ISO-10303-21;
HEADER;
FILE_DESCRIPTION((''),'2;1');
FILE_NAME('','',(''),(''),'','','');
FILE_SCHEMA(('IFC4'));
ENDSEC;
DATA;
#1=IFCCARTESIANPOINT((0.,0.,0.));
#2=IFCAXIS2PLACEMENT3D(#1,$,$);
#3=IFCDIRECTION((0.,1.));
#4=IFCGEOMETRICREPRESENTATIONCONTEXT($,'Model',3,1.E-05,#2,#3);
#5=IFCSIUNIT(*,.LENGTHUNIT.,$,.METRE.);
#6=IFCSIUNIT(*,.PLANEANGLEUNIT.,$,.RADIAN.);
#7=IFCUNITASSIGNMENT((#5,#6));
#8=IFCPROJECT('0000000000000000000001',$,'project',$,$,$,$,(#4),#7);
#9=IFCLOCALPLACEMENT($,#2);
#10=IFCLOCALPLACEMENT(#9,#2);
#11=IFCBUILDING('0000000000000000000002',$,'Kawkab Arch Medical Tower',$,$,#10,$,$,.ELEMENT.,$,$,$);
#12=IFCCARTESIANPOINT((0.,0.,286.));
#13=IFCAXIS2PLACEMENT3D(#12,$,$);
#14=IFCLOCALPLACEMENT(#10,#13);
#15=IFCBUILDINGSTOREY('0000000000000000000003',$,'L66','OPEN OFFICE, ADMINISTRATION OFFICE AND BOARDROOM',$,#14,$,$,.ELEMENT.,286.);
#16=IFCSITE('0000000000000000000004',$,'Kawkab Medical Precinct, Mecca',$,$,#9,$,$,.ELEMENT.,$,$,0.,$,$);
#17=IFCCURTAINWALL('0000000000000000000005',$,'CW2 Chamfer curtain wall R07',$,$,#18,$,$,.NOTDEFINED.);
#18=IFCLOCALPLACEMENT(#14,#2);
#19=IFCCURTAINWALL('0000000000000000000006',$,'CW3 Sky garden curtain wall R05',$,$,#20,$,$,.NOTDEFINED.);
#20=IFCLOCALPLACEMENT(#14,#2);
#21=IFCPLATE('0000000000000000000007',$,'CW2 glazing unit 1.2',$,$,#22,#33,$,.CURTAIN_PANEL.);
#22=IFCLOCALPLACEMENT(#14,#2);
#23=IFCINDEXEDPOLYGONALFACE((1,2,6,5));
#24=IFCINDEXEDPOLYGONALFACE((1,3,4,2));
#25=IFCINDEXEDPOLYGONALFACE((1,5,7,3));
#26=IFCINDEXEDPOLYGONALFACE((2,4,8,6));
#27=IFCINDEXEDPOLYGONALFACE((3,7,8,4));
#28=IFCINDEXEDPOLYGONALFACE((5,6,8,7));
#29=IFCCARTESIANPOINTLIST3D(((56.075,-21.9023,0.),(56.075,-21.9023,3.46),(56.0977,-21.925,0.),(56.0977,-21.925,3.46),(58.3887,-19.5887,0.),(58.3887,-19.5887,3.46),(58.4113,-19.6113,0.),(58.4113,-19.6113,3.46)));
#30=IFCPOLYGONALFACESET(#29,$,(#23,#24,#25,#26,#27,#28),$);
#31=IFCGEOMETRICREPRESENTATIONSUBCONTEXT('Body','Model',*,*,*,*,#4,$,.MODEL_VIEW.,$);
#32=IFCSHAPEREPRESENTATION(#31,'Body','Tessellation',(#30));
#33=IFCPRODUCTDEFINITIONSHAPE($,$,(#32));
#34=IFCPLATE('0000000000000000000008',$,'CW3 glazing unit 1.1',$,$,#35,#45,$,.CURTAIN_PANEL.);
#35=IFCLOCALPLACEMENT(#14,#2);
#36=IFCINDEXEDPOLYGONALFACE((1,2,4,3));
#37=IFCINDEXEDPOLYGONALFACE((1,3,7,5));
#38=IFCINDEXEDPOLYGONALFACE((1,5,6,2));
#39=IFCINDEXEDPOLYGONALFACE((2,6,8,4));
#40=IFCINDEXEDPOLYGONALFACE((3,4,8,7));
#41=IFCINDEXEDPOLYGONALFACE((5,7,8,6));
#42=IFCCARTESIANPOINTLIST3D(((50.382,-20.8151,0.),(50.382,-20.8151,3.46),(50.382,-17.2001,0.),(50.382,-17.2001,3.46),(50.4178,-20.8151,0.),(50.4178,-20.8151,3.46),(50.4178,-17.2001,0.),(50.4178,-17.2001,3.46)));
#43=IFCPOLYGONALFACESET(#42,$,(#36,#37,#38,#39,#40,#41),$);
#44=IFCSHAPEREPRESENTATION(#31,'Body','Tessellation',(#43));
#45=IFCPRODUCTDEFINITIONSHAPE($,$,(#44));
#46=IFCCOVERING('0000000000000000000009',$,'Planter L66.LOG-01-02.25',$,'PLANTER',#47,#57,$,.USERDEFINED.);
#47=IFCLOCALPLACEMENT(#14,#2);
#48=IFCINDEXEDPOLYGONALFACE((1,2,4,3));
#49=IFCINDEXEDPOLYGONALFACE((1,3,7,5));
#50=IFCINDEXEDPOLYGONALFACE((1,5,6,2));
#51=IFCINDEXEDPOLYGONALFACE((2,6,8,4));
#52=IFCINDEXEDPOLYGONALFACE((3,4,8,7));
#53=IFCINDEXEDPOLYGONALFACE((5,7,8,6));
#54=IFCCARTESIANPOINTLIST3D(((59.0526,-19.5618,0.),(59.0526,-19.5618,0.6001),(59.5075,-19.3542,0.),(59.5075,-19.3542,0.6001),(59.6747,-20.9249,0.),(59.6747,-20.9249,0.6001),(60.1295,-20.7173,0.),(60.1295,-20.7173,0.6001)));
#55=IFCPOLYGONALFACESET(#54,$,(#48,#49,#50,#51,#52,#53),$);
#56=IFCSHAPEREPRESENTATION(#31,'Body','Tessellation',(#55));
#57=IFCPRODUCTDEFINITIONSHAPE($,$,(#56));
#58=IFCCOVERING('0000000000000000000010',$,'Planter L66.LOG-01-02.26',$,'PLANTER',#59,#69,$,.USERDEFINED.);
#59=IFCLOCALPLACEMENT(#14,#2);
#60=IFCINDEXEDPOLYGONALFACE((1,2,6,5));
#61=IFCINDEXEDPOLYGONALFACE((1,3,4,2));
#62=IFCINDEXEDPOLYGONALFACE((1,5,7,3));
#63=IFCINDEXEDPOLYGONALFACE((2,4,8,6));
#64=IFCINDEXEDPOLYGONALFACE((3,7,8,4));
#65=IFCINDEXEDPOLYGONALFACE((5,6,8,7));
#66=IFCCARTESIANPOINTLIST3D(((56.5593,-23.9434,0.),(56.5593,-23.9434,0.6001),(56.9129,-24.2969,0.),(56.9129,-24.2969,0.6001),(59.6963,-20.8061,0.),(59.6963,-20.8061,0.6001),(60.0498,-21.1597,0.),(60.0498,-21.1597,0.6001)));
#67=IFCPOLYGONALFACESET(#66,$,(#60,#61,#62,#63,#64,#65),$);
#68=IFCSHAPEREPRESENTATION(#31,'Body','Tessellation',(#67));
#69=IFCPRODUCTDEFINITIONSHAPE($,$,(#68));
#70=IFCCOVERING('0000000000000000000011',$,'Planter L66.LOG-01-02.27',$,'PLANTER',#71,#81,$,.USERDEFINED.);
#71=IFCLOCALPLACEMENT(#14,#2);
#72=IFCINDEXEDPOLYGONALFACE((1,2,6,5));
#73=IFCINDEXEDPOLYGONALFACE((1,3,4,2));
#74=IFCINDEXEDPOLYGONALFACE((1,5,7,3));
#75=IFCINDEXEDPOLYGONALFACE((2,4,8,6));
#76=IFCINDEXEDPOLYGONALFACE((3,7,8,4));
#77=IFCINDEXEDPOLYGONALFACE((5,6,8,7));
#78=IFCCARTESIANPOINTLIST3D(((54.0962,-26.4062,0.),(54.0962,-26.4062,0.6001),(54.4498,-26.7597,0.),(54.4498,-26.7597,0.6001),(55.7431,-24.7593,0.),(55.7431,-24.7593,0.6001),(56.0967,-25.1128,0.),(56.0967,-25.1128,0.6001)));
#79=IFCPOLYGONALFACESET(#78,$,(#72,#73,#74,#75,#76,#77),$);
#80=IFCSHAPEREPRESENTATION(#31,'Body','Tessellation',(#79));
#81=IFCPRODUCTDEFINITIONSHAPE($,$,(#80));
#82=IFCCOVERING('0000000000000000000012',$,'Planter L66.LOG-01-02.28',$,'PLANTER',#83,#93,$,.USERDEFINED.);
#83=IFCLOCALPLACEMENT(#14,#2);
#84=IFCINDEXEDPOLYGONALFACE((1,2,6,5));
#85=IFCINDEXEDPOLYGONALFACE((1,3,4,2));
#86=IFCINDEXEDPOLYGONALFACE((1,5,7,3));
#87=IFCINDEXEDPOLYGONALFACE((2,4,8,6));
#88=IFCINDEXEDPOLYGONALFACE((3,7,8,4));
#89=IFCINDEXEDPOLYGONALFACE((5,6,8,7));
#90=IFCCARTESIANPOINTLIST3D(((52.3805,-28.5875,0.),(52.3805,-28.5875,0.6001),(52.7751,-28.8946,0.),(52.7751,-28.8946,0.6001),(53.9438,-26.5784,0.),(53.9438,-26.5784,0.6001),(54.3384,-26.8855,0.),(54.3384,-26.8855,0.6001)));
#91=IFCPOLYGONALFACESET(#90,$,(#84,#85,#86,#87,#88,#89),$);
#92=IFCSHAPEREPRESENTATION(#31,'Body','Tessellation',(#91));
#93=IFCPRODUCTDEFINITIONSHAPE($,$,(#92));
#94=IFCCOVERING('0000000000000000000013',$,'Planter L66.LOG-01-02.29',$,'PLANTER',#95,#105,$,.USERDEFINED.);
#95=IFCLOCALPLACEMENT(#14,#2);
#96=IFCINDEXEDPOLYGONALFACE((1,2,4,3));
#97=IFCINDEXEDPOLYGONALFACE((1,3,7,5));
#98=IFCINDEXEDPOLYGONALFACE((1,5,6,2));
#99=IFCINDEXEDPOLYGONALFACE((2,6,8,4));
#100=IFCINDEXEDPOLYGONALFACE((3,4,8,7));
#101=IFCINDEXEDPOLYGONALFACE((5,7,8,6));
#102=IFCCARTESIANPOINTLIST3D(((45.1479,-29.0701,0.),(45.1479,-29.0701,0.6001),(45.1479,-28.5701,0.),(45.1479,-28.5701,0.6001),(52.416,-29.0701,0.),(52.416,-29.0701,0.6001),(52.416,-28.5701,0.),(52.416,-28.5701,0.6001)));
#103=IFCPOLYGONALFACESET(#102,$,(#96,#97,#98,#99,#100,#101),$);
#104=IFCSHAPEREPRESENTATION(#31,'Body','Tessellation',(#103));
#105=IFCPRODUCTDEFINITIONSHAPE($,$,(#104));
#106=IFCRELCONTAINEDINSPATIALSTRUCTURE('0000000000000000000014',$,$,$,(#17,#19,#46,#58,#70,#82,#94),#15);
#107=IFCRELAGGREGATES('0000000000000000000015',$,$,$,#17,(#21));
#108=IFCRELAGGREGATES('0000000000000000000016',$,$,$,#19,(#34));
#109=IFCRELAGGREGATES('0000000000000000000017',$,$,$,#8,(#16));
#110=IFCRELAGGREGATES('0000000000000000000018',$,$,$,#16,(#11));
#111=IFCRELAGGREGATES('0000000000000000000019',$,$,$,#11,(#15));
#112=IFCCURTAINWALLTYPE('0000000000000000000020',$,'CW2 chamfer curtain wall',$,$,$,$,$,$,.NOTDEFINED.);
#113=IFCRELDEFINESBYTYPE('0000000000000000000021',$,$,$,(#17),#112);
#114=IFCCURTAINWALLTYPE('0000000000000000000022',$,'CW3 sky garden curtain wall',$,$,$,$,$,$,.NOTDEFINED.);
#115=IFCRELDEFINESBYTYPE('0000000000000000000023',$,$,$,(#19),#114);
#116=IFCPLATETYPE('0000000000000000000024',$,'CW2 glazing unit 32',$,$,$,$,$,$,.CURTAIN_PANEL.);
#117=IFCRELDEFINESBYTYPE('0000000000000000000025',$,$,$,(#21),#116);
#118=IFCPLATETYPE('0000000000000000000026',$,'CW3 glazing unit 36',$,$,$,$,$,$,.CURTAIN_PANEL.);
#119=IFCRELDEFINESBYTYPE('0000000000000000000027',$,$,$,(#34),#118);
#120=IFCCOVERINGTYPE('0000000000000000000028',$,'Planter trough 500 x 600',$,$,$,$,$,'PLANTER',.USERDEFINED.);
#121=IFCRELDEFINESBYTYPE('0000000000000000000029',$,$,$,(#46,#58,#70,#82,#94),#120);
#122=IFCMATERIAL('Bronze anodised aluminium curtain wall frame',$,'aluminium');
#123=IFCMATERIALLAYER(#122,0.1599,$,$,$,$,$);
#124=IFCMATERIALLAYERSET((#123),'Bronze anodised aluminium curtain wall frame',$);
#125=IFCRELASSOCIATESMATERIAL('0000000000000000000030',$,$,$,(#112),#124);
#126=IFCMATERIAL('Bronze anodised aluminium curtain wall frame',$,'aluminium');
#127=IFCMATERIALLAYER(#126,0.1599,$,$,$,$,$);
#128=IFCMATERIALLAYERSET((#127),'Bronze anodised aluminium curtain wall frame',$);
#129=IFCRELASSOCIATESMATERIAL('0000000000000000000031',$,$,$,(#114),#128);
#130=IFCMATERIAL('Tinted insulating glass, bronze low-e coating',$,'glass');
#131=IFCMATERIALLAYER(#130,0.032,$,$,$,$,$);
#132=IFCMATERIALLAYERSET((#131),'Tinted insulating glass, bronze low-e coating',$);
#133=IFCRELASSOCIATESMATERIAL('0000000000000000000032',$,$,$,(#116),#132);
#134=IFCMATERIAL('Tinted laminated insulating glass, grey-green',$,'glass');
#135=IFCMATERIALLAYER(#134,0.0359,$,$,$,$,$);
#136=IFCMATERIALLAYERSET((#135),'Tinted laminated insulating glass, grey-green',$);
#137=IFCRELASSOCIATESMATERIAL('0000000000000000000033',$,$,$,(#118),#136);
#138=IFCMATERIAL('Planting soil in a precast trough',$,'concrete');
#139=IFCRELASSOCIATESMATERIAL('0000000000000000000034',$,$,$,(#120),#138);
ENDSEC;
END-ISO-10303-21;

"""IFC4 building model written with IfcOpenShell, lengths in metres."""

from ifc_helpers import new_model, si_unit, direction, frame, origin, origin_2d, place, context, subcontext, project, spatial, rectangle, extrude, material, layer, layer_set, material_profile, profile_set, type_object, element, aggregate, save


model = new_model("IFC4")

# Units and contexts
model_context = context("Model", 3, precision=1e-05, world=origin(), true_north=direction((0.0, 1.0)))
body_context = subcontext(model_context, "Body", "Model", "MODEL_VIEW")
ifc_project = project(units=[si_unit("LENGTHUNIT", "METRE"), si_unit("PLANEANGLEUNIT", "RADIAN")], contexts=[model_context])

# Site, building, storey
site_placement = place(None, origin())
site = spatial("IfcSite", under=ifc_project, at=site_placement, Name="Kawkab Medical Precinct, Mecca", CompositionType="ELEMENT", RefElevation=0.0)
building_placement = place(site_placement, origin())
building = spatial("IfcBuilding", under=site, at=building_placement, Name="Kawkab Arch Medical Tower", CompositionType="ELEMENT")
storey_placement = place(building_placement, frame((0.0, 0.0, 286.0)))
storey = spatial("IfcBuildingStorey", under=building, at=storey_placement, Name="L66", Description="OPEN OFFICE, ADMINISTRATION OFFICE AND BOARDROOM", CompositionType="ELEMENT", Elevation=286.0)

# Shared definitions
placement = place(storey_placement, origin())

# Curtain walls
ifc_material_1 = material(Name="Bronze anodised aluminium curtain wall frame", Category="aluminium")
ifc_layer_1 = layer(ifc_material_1, 0.1599)
ifc_layer_set_1 = layer_set([ifc_layer_1], Name="Bronze anodised aluminium curtain wall frame")
curtain_wall_type_1 = type_object("IfcCurtainWallType", Name="CW2 chamfer curtain wall", PredefinedType="NOTDEFINED", material=ifc_layer_set_1)
curtain_wall_1 = element("IfcCurtainWall", 1, at=placement, inside=storey, type_object=curtain_wall_type_1, Name="CW2 Chamfer curtain wall R07", PredefinedType="NOTDEFINED")
ifc_material_2 = material(Name="Bronze anodised aluminium curtain wall frame", Category="aluminium")
ifc_layer_2 = layer(ifc_material_2, 0.1599)
ifc_layer_set_2 = layer_set([ifc_layer_2], Name="Bronze anodised aluminium curtain wall frame")
curtain_wall_type_2 = type_object("IfcCurtainWallType", Name="CW3 sky garden curtain wall", PredefinedType="NOTDEFINED", material=ifc_layer_set_2)
curtain_wall_2 = element("IfcCurtainWall", 2, at=placement, inside=storey, type_object=curtain_wall_type_2, Name="CW3 Sky garden curtain wall R05", PredefinedType="NOTDEFINED")

# Plates
ifc_material_3 = material(Name="Tinted insulating glass, bronze low-e coating", Category="glass")
ifc_layer_3 = layer(ifc_material_3, 0.032)
ifc_layer_set_3 = layer_set([ifc_layer_3], Name="Tinted insulating glass, bronze low-e coating")
plate_type_1 = type_object("IfcPlateType", Name="CW2 glazing unit 32", PredefinedType="CURTAIN_PANEL", material=ifc_layer_set_3)
plate_1_placement = place(storey_placement, frame((57.2432, -20.7568, 0.0), z_axis=(0.0, 0.0, 1.0), x_axis=(0.707107, 0.707107, 0.0)))
plate_1 = element("IfcPlate", 3, at=plate_1_placement, type_object=plate_type_1, Name="CW2 glazing unit 1.2", PredefinedType="CURTAIN_PANEL", context=body_context, shape_type="SweptSolid", body=[
    extrude(rectangle(XDim=3.272, YDim=0.032, at=origin_2d()), origin(), (0.0, 0.0, 1.0), 3.46),
])
aggregate(curtain_wall_1, [plate_1])
ifc_material_4 = material(Name="Tinted laminated insulating glass, grey-green", Category="glass")
ifc_layer_4 = layer(ifc_material_4, 0.0359)
ifc_layer_set_4 = layer_set([ifc_layer_4], Name="Tinted laminated insulating glass, grey-green")
plate_type_2 = type_object("IfcPlateType", Name="CW3 glazing unit 36", PredefinedType="CURTAIN_PANEL", material=ifc_layer_set_4)
plate_2_placement = place(storey_placement, frame((50.3999, -19.0076, 0.0), z_axis=(0.0, 0.0, 1.0), x_axis=(0.0, -1.0, 0.0)))
plate_2 = element("IfcPlate", 4, at=plate_2_placement, type_object=plate_type_2, Name="CW3 glazing unit 1.1", PredefinedType="CURTAIN_PANEL", context=body_context, shape_type="SweptSolid", body=[
    extrude(rectangle(XDim=3.615, YDim=0.0359, at=origin_2d()), origin(), (0.0, 0.0, 1.0), 3.46),
])
aggregate(curtain_wall_2, [plate_2])

# Coverings
ifc_material_5 = material(Name="Planting soil in a precast trough", Category="concrete")
ifc_material_profile_1 = material_profile(ifc_material_5, rectangle(XDim=0.5, YDim=0.6001, at=origin_2d()), Name="Trough 500x600")
ifc_profile_set_1 = profile_set([ifc_material_profile_1], Name="Planting soil in a precast trough")
covering_type = type_object("IfcCoveringType", Name="Planter trough 500 x 600", ElementType="PLANTER", PredefinedType="USERDEFINED", material=ifc_profile_set_1)
covering_1_placement = place(storey_placement, frame((59.28, -19.458, 0.3), z_axis=(0.41519, -0.909735, 0.0), x_axis=(0.909735, 0.41519, 0.0)))
element("IfcCovering", 5, at=covering_1_placement, inside=storey, type_object=covering_type, Name="Planter L66.LOG-01-02.25", ObjectType="PLANTER", PredefinedType="USERDEFINED", context=body_context, shape_type="SweptSolid", body=[
    extrude(rectangle(XDim=0.5, YDim=0.6001, at=origin_2d()), origin(), (0.0, 0.0, 1.0), 1.4983),
])
covering_2_placement = place(storey_placement, frame((59.873, -20.9829, 0.3), z_axis=(-0.707079, -0.707134, 0.0), x_axis=(0.707134, -0.707079, 0.0)))
element("IfcCovering", 6, at=covering_2_placement, inside=storey, type_object=covering_type, Name="Planter L66.LOG-01-02.26", ObjectType="PLANTER", PredefinedType="USERDEFINED", context=body_context, shape_type="SweptSolid", body=[
    extrude(rectangle(XDim=0.5, YDim=0.6001, at=origin_2d()), origin(), (0.0, 0.0, 1.0), 4.4365),
])
covering_3_placement = place(storey_placement, frame((55.9199, -24.936, 0.3), z_axis=(-0.707107, -0.707107, 0.0), x_axis=(0.707107, -0.707107, 0.0)))
element("IfcCovering", 7, at=covering_3_placement, inside=storey, type_object=covering_type, Name="Planter L66.LOG-01-02.27", ObjectType="PLANTER", PredefinedType="USERDEFINED", context=body_context, shape_type="SweptSolid", body=[
    extrude(rectangle(XDim=0.5, YDim=0.6001, at=origin_2d()), origin(), (0.0, 0.0, 1.0), 2.3291),
])
covering_4_placement = place(storey_placement, frame((54.1411, -26.7319, 0.3), z_axis=(-0.6141, -0.789228, 0.0), x_axis=(0.789228, -0.6141, 0.0)))
element("IfcCovering", 8, at=covering_4_placement, inside=storey, type_object=covering_type, Name="Planter L66.LOG-01-02.28", ObjectType="PLANTER", PredefinedType="USERDEFINED", context=body_context, shape_type="SweptSolid", body=[
    extrude(rectangle(XDim=0.5, YDim=0.6001, at=origin_2d()), origin(), (0.0, 0.0, 1.0), 2.5457),
])
covering_5_placement = place(storey_placement, frame((52.416, -28.8201, 0.3), z_axis=(-1.0, 0.0, 0.0), x_axis=(0.0, -1.0, 0.0)))
element("IfcCovering", 9, at=covering_5_placement, inside=storey, type_object=covering_type, Name="Planter L66.LOG-01-02.29", ObjectType="PLANTER", PredefinedType="USERDEFINED", context=body_context, shape_type="SweptSolid", body=[
    extrude(rectangle(XDim=0.5, YDim=0.6001, at=origin_2d()), origin(), (0.0, 0.0, 1.0), 7.2681),
])

save(model, "model.ifc")
